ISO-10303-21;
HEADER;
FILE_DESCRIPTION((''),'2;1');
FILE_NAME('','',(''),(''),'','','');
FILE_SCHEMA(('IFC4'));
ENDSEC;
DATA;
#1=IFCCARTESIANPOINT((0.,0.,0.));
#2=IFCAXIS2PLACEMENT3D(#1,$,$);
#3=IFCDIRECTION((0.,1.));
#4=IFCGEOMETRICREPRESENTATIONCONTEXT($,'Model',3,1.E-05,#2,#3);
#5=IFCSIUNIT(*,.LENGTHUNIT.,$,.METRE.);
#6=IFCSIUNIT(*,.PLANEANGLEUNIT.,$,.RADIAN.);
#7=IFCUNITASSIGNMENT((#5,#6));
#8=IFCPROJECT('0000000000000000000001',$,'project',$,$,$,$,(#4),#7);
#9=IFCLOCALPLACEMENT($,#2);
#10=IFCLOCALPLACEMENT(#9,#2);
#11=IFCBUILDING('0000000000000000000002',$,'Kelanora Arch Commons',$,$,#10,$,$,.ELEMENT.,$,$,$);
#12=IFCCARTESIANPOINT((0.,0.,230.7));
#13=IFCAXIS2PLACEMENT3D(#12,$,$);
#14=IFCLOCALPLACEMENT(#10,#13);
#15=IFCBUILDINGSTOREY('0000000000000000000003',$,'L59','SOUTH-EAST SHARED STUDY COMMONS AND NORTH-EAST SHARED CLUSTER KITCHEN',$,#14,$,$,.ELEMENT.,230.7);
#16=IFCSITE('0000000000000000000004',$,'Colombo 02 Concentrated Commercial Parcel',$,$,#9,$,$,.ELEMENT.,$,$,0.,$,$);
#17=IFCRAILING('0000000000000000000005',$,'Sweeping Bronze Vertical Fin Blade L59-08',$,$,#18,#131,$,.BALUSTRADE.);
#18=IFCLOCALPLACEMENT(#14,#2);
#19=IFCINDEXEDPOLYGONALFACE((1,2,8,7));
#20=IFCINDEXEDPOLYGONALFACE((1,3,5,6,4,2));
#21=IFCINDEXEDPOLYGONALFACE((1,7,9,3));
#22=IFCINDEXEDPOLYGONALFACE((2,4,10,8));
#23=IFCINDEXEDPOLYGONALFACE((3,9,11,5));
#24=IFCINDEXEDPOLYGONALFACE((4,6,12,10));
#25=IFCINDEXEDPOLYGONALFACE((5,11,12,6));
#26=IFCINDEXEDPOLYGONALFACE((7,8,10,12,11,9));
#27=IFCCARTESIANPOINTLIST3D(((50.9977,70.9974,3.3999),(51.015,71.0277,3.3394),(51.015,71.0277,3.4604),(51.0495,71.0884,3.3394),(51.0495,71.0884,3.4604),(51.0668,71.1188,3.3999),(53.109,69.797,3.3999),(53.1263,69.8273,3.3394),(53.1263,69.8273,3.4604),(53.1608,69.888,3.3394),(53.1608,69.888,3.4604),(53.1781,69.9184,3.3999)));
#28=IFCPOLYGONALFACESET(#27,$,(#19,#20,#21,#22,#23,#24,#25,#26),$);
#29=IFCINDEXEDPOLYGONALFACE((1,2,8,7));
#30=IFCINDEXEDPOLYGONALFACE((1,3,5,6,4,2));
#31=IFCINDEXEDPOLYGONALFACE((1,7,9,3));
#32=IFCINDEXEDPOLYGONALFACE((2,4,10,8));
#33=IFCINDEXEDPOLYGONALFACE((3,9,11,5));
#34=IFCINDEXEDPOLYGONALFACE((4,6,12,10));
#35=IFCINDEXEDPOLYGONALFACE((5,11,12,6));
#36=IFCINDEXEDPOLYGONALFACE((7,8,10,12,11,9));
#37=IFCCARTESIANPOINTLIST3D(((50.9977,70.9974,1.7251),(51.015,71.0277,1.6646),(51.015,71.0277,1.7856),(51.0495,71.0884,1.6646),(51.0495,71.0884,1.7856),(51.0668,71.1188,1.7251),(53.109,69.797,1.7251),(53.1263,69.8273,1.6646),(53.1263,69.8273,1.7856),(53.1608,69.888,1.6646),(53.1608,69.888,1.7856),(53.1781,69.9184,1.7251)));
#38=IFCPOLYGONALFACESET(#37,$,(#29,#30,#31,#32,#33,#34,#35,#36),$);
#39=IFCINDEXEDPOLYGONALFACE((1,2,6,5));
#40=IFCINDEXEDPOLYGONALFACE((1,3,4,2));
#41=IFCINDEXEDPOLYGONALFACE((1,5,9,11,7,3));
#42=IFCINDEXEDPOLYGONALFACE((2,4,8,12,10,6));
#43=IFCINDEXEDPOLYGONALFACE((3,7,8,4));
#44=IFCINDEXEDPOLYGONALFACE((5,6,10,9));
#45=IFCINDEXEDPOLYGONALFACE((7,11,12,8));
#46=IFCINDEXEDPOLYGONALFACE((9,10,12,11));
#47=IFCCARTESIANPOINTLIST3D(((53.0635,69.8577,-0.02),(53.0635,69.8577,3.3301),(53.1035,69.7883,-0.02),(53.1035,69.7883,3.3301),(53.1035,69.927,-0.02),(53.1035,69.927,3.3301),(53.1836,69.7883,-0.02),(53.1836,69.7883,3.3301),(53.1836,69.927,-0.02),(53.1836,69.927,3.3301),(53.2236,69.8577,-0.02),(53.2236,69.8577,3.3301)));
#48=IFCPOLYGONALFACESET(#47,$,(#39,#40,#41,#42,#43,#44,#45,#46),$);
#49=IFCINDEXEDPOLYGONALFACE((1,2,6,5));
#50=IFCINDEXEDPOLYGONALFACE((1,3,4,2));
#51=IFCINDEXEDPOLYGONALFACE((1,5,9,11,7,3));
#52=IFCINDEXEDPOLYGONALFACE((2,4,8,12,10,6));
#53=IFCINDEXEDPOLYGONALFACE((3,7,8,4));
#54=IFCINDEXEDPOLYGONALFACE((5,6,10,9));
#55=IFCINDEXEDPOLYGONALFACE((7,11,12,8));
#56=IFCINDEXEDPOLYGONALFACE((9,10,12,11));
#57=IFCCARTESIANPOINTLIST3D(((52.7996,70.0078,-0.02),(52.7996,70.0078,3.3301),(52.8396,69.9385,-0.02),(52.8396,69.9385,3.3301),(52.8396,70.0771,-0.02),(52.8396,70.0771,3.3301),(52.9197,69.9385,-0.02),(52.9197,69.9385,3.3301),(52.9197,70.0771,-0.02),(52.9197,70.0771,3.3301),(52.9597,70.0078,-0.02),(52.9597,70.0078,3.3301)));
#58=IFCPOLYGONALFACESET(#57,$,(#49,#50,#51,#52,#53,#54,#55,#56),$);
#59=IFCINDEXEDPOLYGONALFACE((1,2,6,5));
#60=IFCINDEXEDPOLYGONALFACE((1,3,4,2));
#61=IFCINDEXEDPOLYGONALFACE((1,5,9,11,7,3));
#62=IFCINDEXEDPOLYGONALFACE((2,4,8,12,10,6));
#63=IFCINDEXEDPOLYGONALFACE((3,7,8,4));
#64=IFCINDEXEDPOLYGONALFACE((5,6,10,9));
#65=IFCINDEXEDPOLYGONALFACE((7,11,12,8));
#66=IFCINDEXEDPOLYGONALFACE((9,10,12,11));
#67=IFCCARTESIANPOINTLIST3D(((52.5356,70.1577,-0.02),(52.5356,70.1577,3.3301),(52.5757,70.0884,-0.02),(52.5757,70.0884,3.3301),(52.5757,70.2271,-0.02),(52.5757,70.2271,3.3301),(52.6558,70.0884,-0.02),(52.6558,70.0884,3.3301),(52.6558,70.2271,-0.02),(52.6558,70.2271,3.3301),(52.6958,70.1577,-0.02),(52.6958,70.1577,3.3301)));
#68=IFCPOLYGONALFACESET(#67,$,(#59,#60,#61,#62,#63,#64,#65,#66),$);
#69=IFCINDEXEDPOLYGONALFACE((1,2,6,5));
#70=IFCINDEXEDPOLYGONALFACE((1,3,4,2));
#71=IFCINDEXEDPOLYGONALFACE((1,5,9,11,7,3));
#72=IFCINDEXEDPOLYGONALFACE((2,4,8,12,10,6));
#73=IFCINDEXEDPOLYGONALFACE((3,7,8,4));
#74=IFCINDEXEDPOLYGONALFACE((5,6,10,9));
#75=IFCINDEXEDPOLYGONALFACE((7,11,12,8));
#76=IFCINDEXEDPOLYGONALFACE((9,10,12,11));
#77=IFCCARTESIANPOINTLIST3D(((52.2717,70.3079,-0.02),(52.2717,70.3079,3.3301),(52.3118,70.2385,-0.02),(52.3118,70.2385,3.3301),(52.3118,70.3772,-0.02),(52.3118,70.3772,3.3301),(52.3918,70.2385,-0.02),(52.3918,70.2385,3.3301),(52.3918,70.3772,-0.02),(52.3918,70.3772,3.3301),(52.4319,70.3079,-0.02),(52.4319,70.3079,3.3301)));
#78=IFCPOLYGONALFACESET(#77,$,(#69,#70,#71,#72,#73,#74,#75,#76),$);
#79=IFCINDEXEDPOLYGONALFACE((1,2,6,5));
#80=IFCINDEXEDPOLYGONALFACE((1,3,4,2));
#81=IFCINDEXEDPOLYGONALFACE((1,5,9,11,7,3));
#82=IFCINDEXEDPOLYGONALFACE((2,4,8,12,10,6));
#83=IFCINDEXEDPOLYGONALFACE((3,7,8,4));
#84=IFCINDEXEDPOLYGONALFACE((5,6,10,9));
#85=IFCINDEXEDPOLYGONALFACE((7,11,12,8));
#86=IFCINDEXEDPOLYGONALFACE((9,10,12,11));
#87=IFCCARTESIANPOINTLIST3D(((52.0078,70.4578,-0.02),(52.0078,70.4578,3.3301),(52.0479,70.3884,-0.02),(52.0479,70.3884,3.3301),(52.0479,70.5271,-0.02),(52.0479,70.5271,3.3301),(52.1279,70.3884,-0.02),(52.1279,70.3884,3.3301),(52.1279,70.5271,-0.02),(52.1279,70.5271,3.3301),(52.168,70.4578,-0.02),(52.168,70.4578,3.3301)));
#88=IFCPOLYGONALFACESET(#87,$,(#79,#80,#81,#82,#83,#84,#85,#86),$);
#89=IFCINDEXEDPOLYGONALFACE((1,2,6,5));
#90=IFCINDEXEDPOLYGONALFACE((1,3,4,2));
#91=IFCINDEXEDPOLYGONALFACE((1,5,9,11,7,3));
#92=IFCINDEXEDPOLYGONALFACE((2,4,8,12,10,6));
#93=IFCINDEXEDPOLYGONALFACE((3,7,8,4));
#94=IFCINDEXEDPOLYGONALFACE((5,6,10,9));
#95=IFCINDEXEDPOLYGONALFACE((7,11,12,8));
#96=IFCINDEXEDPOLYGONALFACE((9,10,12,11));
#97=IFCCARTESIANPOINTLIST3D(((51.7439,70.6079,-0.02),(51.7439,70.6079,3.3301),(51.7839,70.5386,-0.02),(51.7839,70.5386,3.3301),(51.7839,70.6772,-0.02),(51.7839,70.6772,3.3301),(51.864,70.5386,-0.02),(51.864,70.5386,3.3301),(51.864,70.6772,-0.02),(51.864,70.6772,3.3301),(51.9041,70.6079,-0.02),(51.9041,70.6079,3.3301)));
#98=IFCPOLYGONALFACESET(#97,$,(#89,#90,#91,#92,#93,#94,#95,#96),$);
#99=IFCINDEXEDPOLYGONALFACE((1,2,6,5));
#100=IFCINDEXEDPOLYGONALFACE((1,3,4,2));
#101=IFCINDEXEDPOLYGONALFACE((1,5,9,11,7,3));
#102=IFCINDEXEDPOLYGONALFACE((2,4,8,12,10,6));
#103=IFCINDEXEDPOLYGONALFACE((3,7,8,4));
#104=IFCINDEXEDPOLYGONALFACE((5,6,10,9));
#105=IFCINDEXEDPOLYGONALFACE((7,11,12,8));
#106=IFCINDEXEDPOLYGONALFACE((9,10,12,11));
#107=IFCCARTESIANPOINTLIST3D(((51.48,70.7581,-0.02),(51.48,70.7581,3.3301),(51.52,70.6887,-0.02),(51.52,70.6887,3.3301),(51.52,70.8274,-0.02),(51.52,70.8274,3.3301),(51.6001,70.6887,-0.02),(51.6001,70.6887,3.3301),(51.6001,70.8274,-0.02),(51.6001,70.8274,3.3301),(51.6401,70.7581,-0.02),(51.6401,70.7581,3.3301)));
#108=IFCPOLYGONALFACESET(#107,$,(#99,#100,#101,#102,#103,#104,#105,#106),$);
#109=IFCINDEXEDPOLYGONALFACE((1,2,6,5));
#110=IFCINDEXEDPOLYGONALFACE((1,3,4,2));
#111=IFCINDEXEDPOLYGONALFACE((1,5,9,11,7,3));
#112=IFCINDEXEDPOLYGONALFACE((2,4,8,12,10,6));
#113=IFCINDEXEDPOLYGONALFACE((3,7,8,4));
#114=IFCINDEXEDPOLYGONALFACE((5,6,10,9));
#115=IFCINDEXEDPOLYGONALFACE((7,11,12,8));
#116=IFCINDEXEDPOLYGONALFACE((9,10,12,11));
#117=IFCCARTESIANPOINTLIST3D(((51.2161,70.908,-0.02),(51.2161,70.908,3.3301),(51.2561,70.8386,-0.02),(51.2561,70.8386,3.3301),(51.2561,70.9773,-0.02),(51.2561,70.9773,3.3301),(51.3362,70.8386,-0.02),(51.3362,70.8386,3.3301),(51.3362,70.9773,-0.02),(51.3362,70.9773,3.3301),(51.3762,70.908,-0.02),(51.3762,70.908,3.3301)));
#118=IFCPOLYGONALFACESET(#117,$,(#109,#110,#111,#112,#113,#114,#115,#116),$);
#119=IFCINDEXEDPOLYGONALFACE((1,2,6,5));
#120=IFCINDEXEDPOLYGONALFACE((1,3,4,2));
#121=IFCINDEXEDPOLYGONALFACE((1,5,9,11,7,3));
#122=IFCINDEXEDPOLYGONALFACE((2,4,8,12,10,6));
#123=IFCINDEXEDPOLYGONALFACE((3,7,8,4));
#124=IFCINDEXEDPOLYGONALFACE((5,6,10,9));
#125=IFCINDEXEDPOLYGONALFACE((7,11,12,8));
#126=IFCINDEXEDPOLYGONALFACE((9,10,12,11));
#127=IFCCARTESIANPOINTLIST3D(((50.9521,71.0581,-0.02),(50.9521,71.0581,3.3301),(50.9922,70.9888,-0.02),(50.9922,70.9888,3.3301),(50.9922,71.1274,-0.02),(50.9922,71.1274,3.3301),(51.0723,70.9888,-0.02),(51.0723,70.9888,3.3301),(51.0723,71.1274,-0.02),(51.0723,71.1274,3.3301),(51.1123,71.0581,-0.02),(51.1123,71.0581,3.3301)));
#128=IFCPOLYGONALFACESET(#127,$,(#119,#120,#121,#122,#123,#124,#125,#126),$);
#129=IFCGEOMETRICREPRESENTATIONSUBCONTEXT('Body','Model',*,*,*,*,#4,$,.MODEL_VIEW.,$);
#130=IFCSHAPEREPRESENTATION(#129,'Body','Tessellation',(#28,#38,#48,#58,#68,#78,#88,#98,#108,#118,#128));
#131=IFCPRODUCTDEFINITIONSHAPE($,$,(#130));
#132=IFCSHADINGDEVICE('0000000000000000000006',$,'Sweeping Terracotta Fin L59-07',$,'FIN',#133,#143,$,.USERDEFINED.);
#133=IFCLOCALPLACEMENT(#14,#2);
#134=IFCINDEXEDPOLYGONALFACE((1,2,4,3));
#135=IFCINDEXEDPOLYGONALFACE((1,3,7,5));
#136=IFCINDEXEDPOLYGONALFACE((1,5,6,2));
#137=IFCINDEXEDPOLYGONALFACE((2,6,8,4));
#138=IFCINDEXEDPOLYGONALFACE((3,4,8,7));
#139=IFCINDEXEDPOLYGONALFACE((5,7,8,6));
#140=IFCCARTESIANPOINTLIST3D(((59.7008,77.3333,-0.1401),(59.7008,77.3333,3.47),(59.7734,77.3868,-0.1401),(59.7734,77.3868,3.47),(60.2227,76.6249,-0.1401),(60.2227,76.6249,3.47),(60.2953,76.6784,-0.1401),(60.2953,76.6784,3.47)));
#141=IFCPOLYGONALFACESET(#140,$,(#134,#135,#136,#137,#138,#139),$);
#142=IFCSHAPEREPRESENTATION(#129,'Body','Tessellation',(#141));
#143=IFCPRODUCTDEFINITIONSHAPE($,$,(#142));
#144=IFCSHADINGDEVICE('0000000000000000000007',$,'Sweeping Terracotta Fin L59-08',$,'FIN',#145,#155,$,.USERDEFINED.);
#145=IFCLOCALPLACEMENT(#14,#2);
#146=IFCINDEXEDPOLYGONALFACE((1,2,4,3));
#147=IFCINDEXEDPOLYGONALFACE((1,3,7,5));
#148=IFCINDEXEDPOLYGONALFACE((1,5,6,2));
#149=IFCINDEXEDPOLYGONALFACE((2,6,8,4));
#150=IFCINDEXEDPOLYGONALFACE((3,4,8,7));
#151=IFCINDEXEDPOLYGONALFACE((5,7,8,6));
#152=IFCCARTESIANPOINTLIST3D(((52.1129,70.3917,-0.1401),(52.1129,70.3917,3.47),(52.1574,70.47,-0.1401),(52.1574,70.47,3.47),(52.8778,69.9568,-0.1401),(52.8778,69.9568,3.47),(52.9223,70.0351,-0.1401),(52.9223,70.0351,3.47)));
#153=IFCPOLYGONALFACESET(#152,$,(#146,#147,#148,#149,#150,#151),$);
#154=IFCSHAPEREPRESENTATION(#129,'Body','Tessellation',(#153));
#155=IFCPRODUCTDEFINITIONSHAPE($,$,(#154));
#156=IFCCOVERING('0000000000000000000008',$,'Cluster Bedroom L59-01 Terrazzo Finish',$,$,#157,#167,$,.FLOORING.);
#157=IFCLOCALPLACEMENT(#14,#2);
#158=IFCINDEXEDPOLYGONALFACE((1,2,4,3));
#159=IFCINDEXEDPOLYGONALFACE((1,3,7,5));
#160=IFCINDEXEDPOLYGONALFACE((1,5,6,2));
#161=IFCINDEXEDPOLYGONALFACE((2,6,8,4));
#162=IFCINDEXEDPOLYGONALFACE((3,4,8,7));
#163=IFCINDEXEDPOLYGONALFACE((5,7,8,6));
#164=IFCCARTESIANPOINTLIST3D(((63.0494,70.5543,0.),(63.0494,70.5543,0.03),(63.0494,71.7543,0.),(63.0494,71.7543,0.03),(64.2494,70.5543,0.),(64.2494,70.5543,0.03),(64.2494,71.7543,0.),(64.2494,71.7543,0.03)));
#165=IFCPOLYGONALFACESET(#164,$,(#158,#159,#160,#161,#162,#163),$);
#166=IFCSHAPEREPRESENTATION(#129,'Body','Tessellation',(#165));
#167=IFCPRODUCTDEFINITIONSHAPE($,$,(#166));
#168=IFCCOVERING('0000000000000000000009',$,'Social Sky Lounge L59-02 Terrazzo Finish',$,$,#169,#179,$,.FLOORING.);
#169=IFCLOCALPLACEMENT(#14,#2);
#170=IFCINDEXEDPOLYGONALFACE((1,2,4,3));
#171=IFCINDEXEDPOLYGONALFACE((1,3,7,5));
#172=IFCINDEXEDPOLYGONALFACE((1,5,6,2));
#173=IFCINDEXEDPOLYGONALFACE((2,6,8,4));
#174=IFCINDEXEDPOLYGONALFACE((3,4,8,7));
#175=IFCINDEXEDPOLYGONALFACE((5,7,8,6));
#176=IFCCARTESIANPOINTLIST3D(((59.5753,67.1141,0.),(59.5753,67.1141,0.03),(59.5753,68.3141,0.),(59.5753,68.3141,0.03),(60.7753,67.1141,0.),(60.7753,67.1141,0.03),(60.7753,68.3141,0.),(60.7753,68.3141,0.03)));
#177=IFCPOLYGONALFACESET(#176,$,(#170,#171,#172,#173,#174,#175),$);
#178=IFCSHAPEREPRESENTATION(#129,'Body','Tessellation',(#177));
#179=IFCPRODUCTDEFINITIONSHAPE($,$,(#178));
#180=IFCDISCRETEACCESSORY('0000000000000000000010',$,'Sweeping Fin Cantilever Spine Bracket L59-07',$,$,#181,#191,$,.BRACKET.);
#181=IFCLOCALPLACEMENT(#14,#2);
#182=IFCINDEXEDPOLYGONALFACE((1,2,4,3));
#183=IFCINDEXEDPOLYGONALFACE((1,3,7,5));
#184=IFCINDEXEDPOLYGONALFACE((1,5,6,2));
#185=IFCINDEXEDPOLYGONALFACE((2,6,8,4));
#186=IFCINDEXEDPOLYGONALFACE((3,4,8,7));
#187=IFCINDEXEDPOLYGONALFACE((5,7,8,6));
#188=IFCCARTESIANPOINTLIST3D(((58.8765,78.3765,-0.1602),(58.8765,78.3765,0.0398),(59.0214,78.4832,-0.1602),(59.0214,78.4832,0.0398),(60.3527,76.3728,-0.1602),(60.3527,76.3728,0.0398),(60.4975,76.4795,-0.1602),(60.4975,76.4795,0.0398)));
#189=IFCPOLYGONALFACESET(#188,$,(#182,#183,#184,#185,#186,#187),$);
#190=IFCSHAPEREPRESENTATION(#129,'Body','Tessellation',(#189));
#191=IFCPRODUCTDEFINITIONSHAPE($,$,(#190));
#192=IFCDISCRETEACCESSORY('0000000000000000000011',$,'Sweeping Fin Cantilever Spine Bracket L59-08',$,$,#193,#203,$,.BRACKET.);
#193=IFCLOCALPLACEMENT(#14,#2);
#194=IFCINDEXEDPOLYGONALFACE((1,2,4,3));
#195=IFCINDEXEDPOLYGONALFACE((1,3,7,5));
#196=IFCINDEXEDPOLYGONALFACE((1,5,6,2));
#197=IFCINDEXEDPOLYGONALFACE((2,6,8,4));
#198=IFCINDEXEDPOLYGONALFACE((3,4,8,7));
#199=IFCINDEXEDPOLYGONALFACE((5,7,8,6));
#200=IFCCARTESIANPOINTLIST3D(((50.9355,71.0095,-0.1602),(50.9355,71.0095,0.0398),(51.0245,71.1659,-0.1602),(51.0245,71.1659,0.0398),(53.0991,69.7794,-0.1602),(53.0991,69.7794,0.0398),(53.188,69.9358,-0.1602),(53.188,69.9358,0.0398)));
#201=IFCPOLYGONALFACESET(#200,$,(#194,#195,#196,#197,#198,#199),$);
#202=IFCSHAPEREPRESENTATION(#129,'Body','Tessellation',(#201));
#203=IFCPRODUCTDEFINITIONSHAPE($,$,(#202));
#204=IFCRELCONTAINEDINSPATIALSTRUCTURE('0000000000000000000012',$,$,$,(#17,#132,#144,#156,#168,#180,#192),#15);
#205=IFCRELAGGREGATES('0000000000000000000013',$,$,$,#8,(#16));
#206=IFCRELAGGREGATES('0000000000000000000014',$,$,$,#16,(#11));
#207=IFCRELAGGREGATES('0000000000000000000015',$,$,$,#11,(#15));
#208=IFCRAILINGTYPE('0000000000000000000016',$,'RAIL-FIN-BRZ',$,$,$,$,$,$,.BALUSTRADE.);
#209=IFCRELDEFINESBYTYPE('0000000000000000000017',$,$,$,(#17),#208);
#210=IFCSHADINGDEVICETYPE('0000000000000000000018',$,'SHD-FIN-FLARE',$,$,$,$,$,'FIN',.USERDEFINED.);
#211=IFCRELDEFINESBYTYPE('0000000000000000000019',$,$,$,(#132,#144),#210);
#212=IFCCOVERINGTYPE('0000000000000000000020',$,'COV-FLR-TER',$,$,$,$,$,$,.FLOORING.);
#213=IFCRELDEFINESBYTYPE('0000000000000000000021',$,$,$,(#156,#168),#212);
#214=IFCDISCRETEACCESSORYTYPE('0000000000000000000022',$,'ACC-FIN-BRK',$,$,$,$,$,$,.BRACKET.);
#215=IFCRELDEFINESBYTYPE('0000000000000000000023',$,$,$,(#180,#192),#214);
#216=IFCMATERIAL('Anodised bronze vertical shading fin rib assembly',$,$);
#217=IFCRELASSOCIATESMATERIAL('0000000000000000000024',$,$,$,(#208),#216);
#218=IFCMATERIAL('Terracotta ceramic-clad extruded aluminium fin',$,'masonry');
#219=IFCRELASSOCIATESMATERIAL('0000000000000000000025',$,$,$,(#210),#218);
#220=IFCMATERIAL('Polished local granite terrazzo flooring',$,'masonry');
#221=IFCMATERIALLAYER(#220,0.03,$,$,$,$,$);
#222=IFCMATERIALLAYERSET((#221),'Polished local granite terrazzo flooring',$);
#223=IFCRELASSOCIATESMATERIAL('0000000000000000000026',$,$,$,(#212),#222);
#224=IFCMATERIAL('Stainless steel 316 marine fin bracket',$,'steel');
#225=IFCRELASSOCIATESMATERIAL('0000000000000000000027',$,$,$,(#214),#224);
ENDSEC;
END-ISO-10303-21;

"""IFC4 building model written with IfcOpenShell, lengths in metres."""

from ifc_helpers import new_model, si_unit, direction, frame, origin, origin_2d, place, context, subcontext, project, spatial, polyline, rectangle, outline, extrude, source, transform, mapped, material, layer, layer_set, type_object, element, save


model = new_model("IFC4")

# Units and contexts
model_context = context("Model", 3, precision=1e-05, world=origin(), true_north=direction((0.0, 1.0)))
body_context = subcontext(model_context, "Body", "Model", "MODEL_VIEW")
ifc_project = project(units=[si_unit("LENGTHUNIT", "METRE"), si_unit("PLANEANGLEUNIT", "RADIAN")], contexts=[model_context])

# Site, building, storey
site_placement = place(None, origin())
site = spatial("IfcSite", under=ifc_project, at=site_placement, Name="Colombo 02 Concentrated Commercial Parcel", CompositionType="ELEMENT", RefElevation=0.0)
building_placement = place(site_placement, origin())
building = spatial("IfcBuilding", under=site, at=building_placement, Name="Kelanora Arch Commons", CompositionType="ELEMENT")
storey_placement = place(building_placement, frame((0.0, 0.0, 230.7)))
storey = spatial("IfcBuildingStorey", under=building, at=storey_placement, Name="L59", Description="SOUTH-EAST SHARED STUDY COMMONS AND NORTH-EAST SHARED CLUSTER KITCHEN", CompositionType="ELEMENT", Elevation=230.7)

# Railing
ifc_material_1 = material(Name="Anodised bronze vertical shading fin rib assembly")
railing_type = type_object("IfcRailingType", Name="RAIL-FIN-BRZ", PredefinedType="BALUSTRADE", material=ifc_material_1)
railing_1_placement = place(storey_placement, frame((53.1436, 69.8577, -0.02)))
element("IfcRailing", 1, at=railing_1_placement, inside=storey, type_object=railing_type, Name="Sweeping Bronze Vertical Fin Blade L59-08", PredefinedType="BALUSTRADE", context=body_context, shape_type="SweptSolid", body=[
    extrude(outline(polyline([(0.0698, 0.0), (0.0349, 0.0605), (-0.0349, 0.0605), (-0.0698, 0.0), (-0.0349, -0.0605), (0.0349, -0.0605), (0.0698, 0.0)])), frame((0.0, 0.0, 3.4199), z_axis=(-0.869311, 0.494265, 0.0), x_axis=(-0.494265, -0.869311, 0.0)), (0.0, 0.0, 1.0), 2.4287),
    extrude(outline(polyline([(0.0698, 0.0), (0.0349, 0.0605), (-0.0349, 0.0605), (-0.0698, 0.0), (-0.0349, -0.0605), (0.0349, -0.0605), (0.0698, 0.0)])), frame((0.0, 0.0, 1.7451), z_axis=(-0.869311, 0.494265, 0.0), x_axis=(-0.494265, -0.869311, 0.0)), (0.0, 0.0, 1.0), 2.4287),
    extrude(outline(polyline([(0.0801, 0.0), (0.04, 0.0693), (-0.04, 0.0693), (-0.0801, 0.0), (-0.04, -0.0693), (0.04, -0.0693), (0.0801, 0.0)])), origin(), (0.0, 0.0, 1.0), 3.3501),
    extrude(outline(polyline([(0.0801, 0.0), (0.04, 0.0693), (-0.04, 0.0693), (-0.0801, 0.0), (-0.04, -0.0693), (0.04, -0.0693), (0.0801, 0.0)])), frame((-0.2639, 0.1501, 0.0)), (0.0, 0.0, 1.0), 3.3501),
    extrude(outline(polyline([(0.0801, 0.0), (0.04, 0.0693), (-0.04, 0.0693), (-0.0801, 0.0), (-0.04, -0.0693), (0.04, -0.0693), (0.0801, 0.0)])), frame((-0.5278, 0.3, 0.0)), (0.0, 0.0, 1.0), 3.3501),
    extrude(outline(polyline([(0.0801, 0.0), (0.04, 0.0693), (-0.04, 0.0693), (-0.0801, 0.0), (-0.04, -0.0693), (0.04, -0.0693), (0.0801, 0.0)])), frame((-0.7917, 0.4502, 0.0)), (0.0, 0.0, 1.0), 3.3501),
    extrude(outline(polyline([(0.0801, 0.0), (0.04, 0.0693), (-0.04, 0.0693), (-0.0801, 0.0), (-0.04, -0.0693), (0.04, -0.0693), (0.0801, 0.0)])), frame((-1.0557, 0.6001, 0.0)), (0.0, 0.0, 1.0), 3.3501),
    extrude(outline(polyline([(0.0801, 0.0), (0.04, 0.0693), (-0.04, 0.0693), (-0.0801, 0.0), (-0.04, -0.0693), (0.04, -0.0693), (0.0801, 0.0)])), frame((-1.3196, 0.7502, 0.0)), (0.0, 0.0, 1.0), 3.3501),
    extrude(outline(polyline([(0.0801, 0.0), (0.04, 0.0693), (-0.04, 0.0693), (-0.0801, 0.0), (-0.04, -0.0693), (0.04, -0.0693), (0.0801, 0.0)])), frame((-1.5835, 0.9004, 0.0)), (0.0, 0.0, 1.0), 3.3501),
    extrude(outline(polyline([(0.0801, 0.0), (0.04, 0.0693), (-0.04, 0.0693), (-0.0801, 0.0), (-0.04, -0.0693), (0.04, -0.0693), (0.0801, 0.0)])), frame((-1.8474, 1.0503, 0.0)), (0.0, 0.0, 1.0), 3.3501),
    extrude(outline(polyline([(0.0801, 0.0), (0.04, 0.0693), (-0.04, 0.0693), (-0.0801, 0.0), (-0.04, -0.0693), (0.04, -0.0693), (0.0801, 0.0)])), frame((-2.1113, 1.2004, 0.0)), (0.0, 0.0, 1.0), 3.3501),
])

# Shading devices
ifc_material_2 = material(Name="Terracotta ceramic-clad extruded aluminium fin", Category="masonry")
shading_device_type = type_object("IfcShadingDeviceType", Name="SHD-FIN-FLARE", ElementType="FIN", PredefinedType="USERDEFINED", material=ifc_material_2)
shared_shape_1 = source(origin(), body_context, "Body", "SweptSolid", [
    extrude(rectangle(XDim=0.8799, YDim=0.0901, at=origin_2d()), origin(), (0.0, 0.0, 1.0), 3.6101),
])
for number, where, z_axis, x_axis, name in (
    (2, (59.998, 77.0059, -0.1401), (0.0, 0.0, 1.0), (-0.593138, 0.805101, 0.0), "Sweeping Terracotta Fin L59-07"),
    (3, (52.5176, 70.2134, -0.1401), (0.0, 0.0, 1.0), (-0.869322, 0.494245, 0.0), "Sweeping Terracotta Fin L59-08"),
):
    element("IfcShadingDevice", number, at=place(storey_placement, frame(where, z_axis=z_axis, x_axis=x_axis)), inside=storey, type_object=shading_device_type, Name=name, ObjectType="FIN", PredefinedType="USERDEFINED", context=body_context, shape_type="MappedRepresentation", body=[
        mapped(shared_shape_1, transform((0.0, 0.0, 0.0), scale=1.0)),
    ])

# Coverings
ifc_material_3 = material(Name="Polished local granite terrazzo flooring", Category="masonry")
ifc_layer_1 = layer(ifc_material_3, 0.03)
ifc_layer_set_1 = layer_set([ifc_layer_1], Name="Polished local granite terrazzo flooring")
covering_type = type_object("IfcCoveringType", Name="COV-FLR-TER", PredefinedType="FLOORING", material=ifc_layer_set_1)
shared_shape_2 = source(origin(), body_context, "Body", "SweptSolid", [
    extrude(rectangle(XDim=1.2, YDim=1.2, at=origin_2d()), origin(), (0.0, 0.0, 1.0), 0.03),
])
for number, where, z_axis, x_axis, name in (
    (4, (63.6494, 71.1543, 0.0), (0.0, 0.0, 1.0), (1.0, 0.0, 0.0), "Cluster Bedroom L59-01 Terrazzo Finish"),
    (5, (60.1753, 67.7141, 0.0), (0.0, 0.0, 1.0), (1.0, 0.0, 0.0), "Social Sky Lounge L59-02 Terrazzo Finish"),
):
    element("IfcCovering", number, at=place(storey_placement, frame(where, z_axis=z_axis, x_axis=x_axis)), inside=storey, type_object=covering_type, Name=name, PredefinedType="FLOORING", context=body_context, shape_type="MappedRepresentation", body=[
        mapped(shared_shape_2, transform((0.0, 0.0, 0.0), scale=1.0)),
    ])

# Discrete accessories
ifc_material_4 = material(Name="Stainless steel 316 marine fin bracket", Category="steel")
discrete_accessory_type = type_object("IfcDiscreteAccessoryType", Name="ACC-FIN-BRK", PredefinedType="BRACKET", material=ifc_material_4)
shared_shape_3 = source(origin(), body_context, "Body", "SweptSolid", [
    extrude(rectangle(XDim=2.4888, YDim=0.1799, at=origin_2d()), origin(), (0.0, 0.0, 1.0), 0.2),
])
for number, where, z_axis, x_axis, name in (
    (6, (59.687, 77.428, -0.1602), (0.0, 0.0, 1.0), (-0.593138, 0.805101, 0.0), "Sweeping Fin Cantilever Spine Bracket L59-07"),
    (7, (52.0618, 70.4727, -0.1602), (0.0, 0.0, 1.0), (-0.869322, 0.494245, 0.0), "Sweeping Fin Cantilever Spine Bracket L59-08"),
):
    element("IfcDiscreteAccessory", number, at=place(storey_placement, frame(where, z_axis=z_axis, x_axis=x_axis)), inside=storey, type_object=discrete_accessory_type, Name=name, PredefinedType="BRACKET", context=body_context, shape_type="MappedRepresentation", body=[
        mapped(shared_shape_3, transform((0.0, 0.0, 0.0), scale=1.0)),
    ])

save(model, "model.ifc")
